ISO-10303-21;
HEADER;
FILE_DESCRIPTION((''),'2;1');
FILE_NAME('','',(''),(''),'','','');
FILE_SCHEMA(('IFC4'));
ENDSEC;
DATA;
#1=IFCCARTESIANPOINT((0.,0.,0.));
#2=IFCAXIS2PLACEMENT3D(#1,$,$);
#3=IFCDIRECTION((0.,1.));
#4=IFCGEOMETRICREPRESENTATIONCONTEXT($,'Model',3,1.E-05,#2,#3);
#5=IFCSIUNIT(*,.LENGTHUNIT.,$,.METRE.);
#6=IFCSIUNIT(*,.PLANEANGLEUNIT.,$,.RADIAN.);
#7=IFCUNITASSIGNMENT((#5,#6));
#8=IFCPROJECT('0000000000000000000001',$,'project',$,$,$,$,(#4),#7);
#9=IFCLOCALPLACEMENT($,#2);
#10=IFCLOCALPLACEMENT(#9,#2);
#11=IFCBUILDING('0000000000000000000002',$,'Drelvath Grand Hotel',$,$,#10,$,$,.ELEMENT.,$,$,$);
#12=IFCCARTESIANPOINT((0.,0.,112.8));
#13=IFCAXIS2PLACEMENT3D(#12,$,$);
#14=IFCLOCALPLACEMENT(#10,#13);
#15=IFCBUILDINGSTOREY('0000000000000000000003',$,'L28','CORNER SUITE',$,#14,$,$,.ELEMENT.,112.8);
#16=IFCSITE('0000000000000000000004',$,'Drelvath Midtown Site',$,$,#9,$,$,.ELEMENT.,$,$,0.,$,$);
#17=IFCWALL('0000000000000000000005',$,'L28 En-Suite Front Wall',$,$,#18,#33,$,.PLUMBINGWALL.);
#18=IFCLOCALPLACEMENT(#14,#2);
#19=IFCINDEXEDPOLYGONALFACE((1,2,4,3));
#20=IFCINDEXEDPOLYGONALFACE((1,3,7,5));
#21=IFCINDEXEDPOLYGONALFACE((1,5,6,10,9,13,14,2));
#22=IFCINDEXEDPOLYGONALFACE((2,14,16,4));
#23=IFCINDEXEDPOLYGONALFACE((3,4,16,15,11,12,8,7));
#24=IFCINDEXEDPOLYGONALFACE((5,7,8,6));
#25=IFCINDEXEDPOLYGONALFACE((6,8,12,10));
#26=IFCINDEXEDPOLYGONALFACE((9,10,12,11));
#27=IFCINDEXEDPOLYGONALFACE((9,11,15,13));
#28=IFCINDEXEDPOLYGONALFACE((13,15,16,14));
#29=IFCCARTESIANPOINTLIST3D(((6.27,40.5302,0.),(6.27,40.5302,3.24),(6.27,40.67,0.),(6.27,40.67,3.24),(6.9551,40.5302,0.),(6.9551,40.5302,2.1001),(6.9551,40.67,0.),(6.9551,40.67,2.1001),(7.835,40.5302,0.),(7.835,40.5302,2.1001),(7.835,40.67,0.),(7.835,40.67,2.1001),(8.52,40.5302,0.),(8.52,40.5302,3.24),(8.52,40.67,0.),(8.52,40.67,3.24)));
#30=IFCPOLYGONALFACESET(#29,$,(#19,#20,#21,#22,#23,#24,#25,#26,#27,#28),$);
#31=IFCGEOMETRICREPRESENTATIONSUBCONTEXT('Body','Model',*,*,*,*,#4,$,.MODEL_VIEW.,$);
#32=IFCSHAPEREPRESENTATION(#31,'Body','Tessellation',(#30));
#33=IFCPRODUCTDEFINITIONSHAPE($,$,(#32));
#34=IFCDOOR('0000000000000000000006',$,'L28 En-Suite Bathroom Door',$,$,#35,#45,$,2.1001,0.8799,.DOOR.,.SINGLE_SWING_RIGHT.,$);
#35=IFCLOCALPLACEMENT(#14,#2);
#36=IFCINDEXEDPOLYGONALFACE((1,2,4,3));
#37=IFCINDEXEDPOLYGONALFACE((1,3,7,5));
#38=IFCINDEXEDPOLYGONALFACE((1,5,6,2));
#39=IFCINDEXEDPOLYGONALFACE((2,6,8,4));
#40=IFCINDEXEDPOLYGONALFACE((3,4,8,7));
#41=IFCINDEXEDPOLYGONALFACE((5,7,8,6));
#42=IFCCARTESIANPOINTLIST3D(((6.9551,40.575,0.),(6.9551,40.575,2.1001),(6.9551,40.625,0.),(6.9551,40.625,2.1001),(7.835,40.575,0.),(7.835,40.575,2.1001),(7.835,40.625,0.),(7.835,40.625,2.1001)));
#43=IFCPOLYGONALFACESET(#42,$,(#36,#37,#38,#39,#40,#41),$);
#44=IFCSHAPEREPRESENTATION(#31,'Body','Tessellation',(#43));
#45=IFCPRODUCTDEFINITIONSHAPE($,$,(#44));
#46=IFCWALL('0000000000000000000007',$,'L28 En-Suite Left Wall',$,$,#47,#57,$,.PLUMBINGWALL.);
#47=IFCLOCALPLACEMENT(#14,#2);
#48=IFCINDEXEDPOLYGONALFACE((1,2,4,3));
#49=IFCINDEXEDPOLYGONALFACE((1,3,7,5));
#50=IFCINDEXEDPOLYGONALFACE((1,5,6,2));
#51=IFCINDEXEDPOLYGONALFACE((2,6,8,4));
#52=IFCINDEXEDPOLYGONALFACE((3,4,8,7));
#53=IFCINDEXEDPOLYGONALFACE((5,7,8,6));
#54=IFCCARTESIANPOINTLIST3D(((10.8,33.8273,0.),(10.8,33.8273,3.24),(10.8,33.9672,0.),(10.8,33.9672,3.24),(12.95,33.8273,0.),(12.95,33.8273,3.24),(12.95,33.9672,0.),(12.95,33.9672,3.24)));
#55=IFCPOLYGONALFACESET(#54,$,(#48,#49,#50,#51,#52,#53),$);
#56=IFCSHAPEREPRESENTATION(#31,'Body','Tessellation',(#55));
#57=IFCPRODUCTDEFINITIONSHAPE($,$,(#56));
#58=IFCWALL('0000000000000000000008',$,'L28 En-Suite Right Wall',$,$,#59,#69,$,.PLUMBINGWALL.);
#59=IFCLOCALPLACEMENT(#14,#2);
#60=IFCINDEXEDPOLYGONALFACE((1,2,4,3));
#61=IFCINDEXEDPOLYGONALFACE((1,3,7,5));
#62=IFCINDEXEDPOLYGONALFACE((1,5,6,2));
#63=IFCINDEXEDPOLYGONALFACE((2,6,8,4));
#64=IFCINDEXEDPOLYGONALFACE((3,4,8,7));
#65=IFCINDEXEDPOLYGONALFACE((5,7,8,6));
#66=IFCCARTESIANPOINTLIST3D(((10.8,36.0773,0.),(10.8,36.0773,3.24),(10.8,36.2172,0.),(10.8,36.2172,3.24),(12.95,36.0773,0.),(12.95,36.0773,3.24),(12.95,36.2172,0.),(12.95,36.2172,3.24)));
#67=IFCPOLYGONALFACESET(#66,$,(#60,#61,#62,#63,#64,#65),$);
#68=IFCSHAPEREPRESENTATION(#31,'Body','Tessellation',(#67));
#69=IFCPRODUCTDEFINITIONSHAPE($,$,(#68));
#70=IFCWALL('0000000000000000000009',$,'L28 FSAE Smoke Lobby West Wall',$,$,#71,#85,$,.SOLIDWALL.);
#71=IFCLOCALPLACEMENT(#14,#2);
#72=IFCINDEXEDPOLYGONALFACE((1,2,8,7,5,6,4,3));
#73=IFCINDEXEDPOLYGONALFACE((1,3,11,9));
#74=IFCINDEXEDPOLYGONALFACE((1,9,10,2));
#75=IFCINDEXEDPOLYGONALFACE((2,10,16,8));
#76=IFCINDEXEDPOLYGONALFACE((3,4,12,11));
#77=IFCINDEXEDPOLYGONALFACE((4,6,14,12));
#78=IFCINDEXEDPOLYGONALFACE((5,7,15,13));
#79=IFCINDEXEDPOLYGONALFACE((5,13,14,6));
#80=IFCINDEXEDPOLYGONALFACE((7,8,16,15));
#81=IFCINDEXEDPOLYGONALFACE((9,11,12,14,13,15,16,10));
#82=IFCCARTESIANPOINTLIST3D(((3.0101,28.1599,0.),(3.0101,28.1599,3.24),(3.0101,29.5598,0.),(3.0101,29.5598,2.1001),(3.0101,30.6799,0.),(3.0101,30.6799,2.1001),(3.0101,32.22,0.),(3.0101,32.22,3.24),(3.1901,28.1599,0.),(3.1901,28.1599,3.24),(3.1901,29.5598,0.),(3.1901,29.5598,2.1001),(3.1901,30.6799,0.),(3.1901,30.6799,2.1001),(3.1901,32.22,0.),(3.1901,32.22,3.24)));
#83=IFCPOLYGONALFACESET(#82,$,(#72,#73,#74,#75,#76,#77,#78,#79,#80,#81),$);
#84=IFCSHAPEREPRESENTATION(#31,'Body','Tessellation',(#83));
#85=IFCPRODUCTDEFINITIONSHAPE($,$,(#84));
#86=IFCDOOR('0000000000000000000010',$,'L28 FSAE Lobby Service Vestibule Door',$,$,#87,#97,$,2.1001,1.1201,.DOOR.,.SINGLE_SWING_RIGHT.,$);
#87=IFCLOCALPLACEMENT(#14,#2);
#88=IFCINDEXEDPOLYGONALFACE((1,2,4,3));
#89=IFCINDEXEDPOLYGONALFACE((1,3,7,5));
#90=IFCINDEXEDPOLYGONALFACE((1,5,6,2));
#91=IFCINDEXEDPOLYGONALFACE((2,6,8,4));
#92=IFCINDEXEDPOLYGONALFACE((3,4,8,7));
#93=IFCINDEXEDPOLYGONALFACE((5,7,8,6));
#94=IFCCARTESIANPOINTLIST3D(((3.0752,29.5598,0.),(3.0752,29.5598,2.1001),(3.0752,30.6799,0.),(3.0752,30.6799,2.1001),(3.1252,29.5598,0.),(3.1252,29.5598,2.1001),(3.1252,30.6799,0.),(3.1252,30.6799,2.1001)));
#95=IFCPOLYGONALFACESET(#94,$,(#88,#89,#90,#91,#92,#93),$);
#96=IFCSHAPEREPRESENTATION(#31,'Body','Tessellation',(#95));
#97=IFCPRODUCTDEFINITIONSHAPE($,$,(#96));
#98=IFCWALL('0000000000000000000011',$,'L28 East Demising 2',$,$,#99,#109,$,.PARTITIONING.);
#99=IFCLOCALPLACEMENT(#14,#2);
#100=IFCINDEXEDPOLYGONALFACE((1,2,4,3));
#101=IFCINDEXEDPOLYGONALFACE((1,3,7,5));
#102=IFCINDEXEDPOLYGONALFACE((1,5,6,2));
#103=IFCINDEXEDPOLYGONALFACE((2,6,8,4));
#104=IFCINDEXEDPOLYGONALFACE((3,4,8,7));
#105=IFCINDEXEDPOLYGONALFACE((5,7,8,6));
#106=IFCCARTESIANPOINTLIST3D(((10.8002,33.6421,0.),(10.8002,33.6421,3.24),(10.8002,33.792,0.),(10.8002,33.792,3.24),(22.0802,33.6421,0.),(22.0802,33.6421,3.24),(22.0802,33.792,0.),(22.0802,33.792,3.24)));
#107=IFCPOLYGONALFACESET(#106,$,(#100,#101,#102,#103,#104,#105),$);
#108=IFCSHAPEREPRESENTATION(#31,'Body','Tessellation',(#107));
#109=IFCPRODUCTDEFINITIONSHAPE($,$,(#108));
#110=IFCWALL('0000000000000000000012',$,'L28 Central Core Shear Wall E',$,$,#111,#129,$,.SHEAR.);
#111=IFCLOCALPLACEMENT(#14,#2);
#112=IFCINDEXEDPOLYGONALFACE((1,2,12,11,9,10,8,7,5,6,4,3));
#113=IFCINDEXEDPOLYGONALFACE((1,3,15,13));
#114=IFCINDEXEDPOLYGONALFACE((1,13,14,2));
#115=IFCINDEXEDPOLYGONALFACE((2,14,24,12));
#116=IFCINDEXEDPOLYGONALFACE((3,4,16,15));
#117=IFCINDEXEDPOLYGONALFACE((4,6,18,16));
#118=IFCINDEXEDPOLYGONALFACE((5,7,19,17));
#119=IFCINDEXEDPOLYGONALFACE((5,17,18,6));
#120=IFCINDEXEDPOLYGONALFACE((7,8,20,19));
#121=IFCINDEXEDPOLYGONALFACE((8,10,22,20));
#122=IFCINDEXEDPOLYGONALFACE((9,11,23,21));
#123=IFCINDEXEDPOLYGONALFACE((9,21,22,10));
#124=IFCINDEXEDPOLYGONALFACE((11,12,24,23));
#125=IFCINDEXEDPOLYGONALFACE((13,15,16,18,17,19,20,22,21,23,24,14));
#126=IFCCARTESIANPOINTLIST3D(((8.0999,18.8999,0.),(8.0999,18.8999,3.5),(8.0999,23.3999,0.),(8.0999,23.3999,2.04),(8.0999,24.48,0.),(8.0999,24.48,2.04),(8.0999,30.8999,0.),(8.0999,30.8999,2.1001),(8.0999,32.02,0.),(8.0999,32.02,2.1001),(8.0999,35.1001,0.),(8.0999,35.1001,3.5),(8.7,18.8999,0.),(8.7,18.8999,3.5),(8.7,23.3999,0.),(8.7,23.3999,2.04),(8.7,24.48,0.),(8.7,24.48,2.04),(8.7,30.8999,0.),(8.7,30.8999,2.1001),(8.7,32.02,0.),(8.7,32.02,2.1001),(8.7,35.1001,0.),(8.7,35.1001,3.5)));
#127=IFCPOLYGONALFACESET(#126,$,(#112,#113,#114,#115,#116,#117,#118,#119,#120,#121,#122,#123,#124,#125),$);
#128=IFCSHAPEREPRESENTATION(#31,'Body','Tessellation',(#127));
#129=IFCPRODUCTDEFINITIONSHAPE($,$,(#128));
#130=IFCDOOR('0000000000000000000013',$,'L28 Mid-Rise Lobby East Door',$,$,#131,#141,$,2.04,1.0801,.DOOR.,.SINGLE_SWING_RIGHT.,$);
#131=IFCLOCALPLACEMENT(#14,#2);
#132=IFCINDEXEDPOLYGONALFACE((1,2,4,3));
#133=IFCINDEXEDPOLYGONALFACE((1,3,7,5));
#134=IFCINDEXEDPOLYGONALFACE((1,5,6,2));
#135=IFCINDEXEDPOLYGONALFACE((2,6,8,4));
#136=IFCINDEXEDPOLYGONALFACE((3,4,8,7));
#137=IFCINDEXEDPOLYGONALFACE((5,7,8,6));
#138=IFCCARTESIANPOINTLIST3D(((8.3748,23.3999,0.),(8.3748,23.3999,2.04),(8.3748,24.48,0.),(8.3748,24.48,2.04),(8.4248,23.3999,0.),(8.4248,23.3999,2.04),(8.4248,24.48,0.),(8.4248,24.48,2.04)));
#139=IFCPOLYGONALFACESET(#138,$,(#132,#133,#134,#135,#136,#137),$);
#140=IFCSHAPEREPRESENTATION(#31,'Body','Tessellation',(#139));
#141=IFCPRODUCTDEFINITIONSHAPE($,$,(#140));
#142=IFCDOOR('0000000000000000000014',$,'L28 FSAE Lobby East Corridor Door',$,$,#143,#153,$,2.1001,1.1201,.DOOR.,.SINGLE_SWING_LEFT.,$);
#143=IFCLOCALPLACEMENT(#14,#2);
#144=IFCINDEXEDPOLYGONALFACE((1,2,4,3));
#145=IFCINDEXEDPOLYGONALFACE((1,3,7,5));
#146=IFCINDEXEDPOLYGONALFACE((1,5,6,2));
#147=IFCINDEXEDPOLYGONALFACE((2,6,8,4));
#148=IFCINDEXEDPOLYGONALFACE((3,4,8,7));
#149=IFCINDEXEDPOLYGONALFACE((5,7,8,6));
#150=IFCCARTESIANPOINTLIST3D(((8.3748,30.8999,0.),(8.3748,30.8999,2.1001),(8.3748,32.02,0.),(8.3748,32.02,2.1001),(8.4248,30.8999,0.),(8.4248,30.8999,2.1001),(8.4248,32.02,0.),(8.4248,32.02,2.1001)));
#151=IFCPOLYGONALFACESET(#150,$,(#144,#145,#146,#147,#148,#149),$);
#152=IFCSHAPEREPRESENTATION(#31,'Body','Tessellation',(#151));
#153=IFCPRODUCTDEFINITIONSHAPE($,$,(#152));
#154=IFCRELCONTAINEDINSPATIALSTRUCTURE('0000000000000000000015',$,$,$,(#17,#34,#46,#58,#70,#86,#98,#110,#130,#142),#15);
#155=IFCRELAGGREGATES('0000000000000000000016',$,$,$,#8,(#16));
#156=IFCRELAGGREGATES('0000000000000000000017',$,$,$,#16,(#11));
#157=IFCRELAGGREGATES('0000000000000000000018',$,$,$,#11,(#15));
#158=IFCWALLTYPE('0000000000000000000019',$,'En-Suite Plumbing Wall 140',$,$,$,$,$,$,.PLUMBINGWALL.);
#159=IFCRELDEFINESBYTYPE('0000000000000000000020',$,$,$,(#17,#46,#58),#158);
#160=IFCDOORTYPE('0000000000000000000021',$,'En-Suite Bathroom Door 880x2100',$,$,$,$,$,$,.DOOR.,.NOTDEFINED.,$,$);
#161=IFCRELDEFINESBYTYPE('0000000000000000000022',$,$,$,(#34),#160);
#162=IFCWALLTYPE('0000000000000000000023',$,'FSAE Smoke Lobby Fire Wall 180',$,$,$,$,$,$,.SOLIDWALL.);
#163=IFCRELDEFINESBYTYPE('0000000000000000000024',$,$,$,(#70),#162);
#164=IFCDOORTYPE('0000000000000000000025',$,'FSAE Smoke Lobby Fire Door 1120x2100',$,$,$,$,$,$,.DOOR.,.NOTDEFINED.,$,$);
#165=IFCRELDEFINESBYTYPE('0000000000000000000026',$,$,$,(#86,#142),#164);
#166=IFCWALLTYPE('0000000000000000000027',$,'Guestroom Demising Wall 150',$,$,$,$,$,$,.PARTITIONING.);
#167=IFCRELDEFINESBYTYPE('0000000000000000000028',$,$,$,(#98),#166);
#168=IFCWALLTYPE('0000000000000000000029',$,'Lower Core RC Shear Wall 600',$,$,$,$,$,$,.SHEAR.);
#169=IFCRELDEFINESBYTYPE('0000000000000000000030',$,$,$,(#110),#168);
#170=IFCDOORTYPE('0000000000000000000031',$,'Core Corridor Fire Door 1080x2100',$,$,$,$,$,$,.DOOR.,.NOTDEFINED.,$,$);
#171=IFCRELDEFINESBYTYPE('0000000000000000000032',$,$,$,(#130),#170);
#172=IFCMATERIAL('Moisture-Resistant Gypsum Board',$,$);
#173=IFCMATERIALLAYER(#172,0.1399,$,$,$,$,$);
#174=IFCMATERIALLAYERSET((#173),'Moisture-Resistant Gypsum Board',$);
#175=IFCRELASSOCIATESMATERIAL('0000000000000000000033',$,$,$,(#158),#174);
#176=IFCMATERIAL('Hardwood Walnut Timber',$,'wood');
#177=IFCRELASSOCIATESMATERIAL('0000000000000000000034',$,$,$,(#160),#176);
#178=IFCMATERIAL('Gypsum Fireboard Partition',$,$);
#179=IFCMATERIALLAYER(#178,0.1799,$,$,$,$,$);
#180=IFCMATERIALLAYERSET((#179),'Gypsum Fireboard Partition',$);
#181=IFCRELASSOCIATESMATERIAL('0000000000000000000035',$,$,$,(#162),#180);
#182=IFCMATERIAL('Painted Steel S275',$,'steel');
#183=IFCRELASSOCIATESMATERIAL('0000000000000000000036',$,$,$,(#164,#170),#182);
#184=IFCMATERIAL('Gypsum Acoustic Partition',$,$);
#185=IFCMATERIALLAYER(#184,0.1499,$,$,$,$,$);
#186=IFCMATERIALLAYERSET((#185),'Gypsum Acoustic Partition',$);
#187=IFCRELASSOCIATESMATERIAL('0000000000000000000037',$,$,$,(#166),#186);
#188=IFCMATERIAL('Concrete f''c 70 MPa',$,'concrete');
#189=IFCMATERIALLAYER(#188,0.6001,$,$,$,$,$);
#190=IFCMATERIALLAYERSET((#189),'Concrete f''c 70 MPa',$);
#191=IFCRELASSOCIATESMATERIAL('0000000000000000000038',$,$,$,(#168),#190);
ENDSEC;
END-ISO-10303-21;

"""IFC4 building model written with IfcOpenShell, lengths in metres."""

from ifc_helpers import new_model, si_unit, direction, frame, frame_2d, origin, place, context, subcontext, project, spatial, rectangle, extrude, material, layer, layer_set, type_object, element, fill, save


model = new_model("IFC4")

# Units and contexts
model_context = context("Model", 3, precision=1e-05, world=origin(), true_north=direction((0.0, 1.0)))
body_context = subcontext(model_context, "Body", "Model", "MODEL_VIEW")
ifc_project = project(units=[si_unit("LENGTHUNIT", "METRE"), si_unit("PLANEANGLEUNIT", "RADIAN")], contexts=[model_context])

# Site, building, storey
site_placement = place(None, origin())
site = spatial("IfcSite", under=ifc_project, at=site_placement, Name="Drelvath Midtown Site", CompositionType="ELEMENT", RefElevation=0.0)
building_placement = place(site_placement, origin())
building = spatial("IfcBuilding", under=site, at=building_placement, Name="Drelvath Grand Hotel", CompositionType="ELEMENT")
storey_placement = place(building_placement, frame((0.0, 0.0, 112.8)))
storey = spatial("IfcBuildingStorey", under=building, at=storey_placement, Name="L28", Description="CORNER SUITE", CompositionType="ELEMENT", Elevation=112.8)

# Shared definitions
ifc_material_1 = material(Name="Concrete f'c 70 MPa", Category="concrete")

# Shared definitions
ifc_material_2 = material(Name="Painted Steel S275", Category="steel")

# Shared definitions
ifc_material_3 = material(Name="Gypsum Fireboard Partition")
ifc_material_4 = material(Name="Moisture-Resistant Gypsum Board")
ifc_layer_1 = layer(ifc_material_4, 0.1399)
ifc_layer_set_1 = layer_set([ifc_layer_1], Name="Moisture-Resistant Gypsum Board")
wall_type_1 = type_object("IfcWallType", Name="En-Suite Plumbing Wall 140", PredefinedType="PLUMBINGWALL", material=ifc_layer_set_1)

# Wall, opening, door
wall_1_placement = place(storey_placement, frame((6.27, 40.6001, 0.0), z_axis=(0.0, 0.0, 1.0), x_axis=(1.0, 0.0, 0.0)))
wall_1 = element("IfcWall", 1, at=wall_1_placement, inside=storey, type_object=wall_type_1, Name="L28 En-Suite Front Wall", PredefinedType="PLUMBINGWALL", context=body_context, shape_type="SweptSolid", body=[
    extrude(rectangle(XDim=2.25, YDim=0.1399, at=frame_2d((1.125, 0.0))), origin(), (0.0, 0.0, 1.0), 3.24),
])
opening_1_placement = place(wall_1_placement, frame((0.6851, 0.0, 0.0)))
opening_1 = element("IfcOpeningElement", 2, at=opening_1_placement, cuts=wall_1, PredefinedType="OPENING", context=body_context, shape_type="SweptSolid", body=[
    extrude(rectangle(XDim=0.8799, YDim=2.1001, at=frame_2d((0.4399, 1.05))), frame((0.0, 0.0798, 0.0), z_axis=(0.0, -1.0, 0.0), x_axis=(1.0, 0.0, 0.0)), (0.0, 0.0, 1.0), 0.1599),
])
ifc_material_5 = material(Name="Hardwood Walnut Timber", Category="wood")
door_type_1 = type_object("IfcDoorType", Name="En-Suite Bathroom Door 880x2100", OperationType="NOTDEFINED", PredefinedType="DOOR", material=ifc_material_5)
door_1_placement = place(opening_1_placement, origin())
door_1 = element("IfcDoor", 3, at=door_1_placement, inside=storey, type_object=door_type_1, Name="L28 En-Suite Bathroom Door", OperationType="SINGLE_SWING_RIGHT", OverallHeight=2.1001, OverallWidth=0.8799, PredefinedType="DOOR", context=body_context, shape_type="SweptSolid", body=[
    extrude(rectangle(XDim=0.8799, YDim=2.1001, at=frame_2d((0.4399, 1.05))), frame((0.0, 0.0249, 0.0), z_axis=(0.0, -1.0, 0.0), x_axis=(1.0, 0.0, 0.0)), (0.0, 0.0, 1.0), 0.05),
])
fill(opening_1, door_1)

# Walls
for number, where, z_axis, x_axis, name in (
    (4, (10.8, 33.8972, 0.0), (0.0, 0.0, 1.0), (1.0, 0.0, 0.0), "L28 En-Suite Left Wall"),
    (5, (10.8, 36.1472, 0.0), (0.0, 0.0, 1.0), (1.0, 0.0, 0.0), "L28 En-Suite Right Wall"),
):
    element("IfcWall", number, at=place(storey_placement, frame(where, z_axis=z_axis, x_axis=x_axis)), inside=storey, type_object=wall_type_1, Name=name, PredefinedType="PLUMBINGWALL", context=body_context, shape_type="SweptSolid", body=[
        extrude(rectangle(XDim=2.1499, YDim=0.1399, at=frame_2d((1.075, 0.0))), origin(), (0.0, 0.0, 1.0), 3.24),
    ])

# Wall, opening, door
ifc_layer_2 = layer(ifc_material_3, 0.1799)
ifc_layer_set_2 = layer_set([ifc_layer_2], Name="Gypsum Fireboard Partition")
wall_type_2 = type_object("IfcWallType", Name="FSAE Smoke Lobby Fire Wall 180", PredefinedType="SOLIDWALL", material=ifc_layer_set_2)
wall_2_placement = place(storey_placement, frame((3.1001, 28.1599, 0.0), z_axis=(0.0, 0.0, 1.0), x_axis=(0.0, 1.0, 0.0)))
wall_2 = element("IfcWall", 6, at=wall_2_placement, inside=storey, type_object=wall_type_2, Name="L28 FSAE Smoke Lobby West Wall", PredefinedType="SOLIDWALL", context=body_context, shape_type="SweptSolid", body=[
    extrude(rectangle(XDim=4.0601, YDim=0.1799, at=frame_2d((2.03, 0.0))), origin(), (0.0, 0.0, 1.0), 3.24),
])
opening_2_placement = place(wall_2_placement, frame((1.3999, 0.0, 0.0)))
opening_2 = element("IfcOpeningElement", 7, at=opening_2_placement, cuts=wall_2, PredefinedType="OPENING", context=body_context, shape_type="SweptSolid", body=[
    extrude(rectangle(XDim=1.1201, YDim=2.1001, at=frame_2d((0.5601, 1.05))), frame((0.0, 0.0999, 0.0), z_axis=(0.0, -1.0, 0.0), x_axis=(1.0, 0.0, 0.0)), (0.0, 0.0, 1.0), 0.2),
])
door_type_2 = type_object("IfcDoorType", Name="FSAE Smoke Lobby Fire Door 1120x2100", OperationType="NOTDEFINED", PredefinedType="DOOR", material=ifc_material_2)
door_2_placement = place(opening_2_placement, origin())
door_2 = element("IfcDoor", 8, at=door_2_placement, inside=storey, type_object=door_type_2, Name="L28 FSAE Lobby Service Vestibule Door", OperationType="SINGLE_SWING_RIGHT", OverallHeight=2.1001, OverallWidth=1.1201, PredefinedType="DOOR", context=body_context, shape_type="SweptSolid", body=[
    extrude(rectangle(XDim=1.1201, YDim=2.1001, at=frame_2d((0.5601, 1.05))), frame((0.0, 0.0249, 0.0), z_axis=(0.0, -1.0, 0.0), x_axis=(1.0, 0.0, 0.0)), (0.0, 0.0, 1.0), 0.05),
])
fill(opening_2, door_2)

# Wall
ifc_material_6 = material(Name="Gypsum Acoustic Partition")
ifc_layer_3 = layer(ifc_material_6, 0.1499)
ifc_layer_set_3 = layer_set([ifc_layer_3], Name="Gypsum Acoustic Partition")
wall_type_3 = type_object("IfcWallType", Name="Guestroom Demising Wall 150", PredefinedType="PARTITIONING", material=ifc_layer_set_3)
wall_3_placement = place(storey_placement, frame((10.8, 33.717, 0.0), z_axis=(0.0, 0.0, 1.0), x_axis=(1.0, 0.0, 0.0)))
element("IfcWall", 9, at=wall_3_placement, inside=storey, type_object=wall_type_3, Name="L28 East Demising 2", PredefinedType="PARTITIONING", context=body_context, shape_type="SweptSolid", body=[
    extrude(rectangle(XDim=11.28, YDim=0.1499, at=frame_2d((5.6401, 0.0))), origin(), (0.0, 0.0, 1.0), 3.24),
])

# Wall, openings, doors
ifc_layer_4 = layer(ifc_material_1, 0.6001)
ifc_layer_set_4 = layer_set([ifc_layer_4], Name="Concrete f'c 70 MPa")
wall_type_4 = type_object("IfcWallType", Name="Lower Core RC Shear Wall 600", PredefinedType="SHEAR", material=ifc_layer_set_4)
wall_4_placement = place(storey_placement, frame((8.3999, 35.1001, 0.0), z_axis=(0.0, 0.0, 1.0), x_axis=(0.0, -1.0, 0.0)))
wall_4 = element("IfcWall", 10, at=wall_4_placement, inside=storey, type_object=wall_type_4, Name="L28 Central Core Shear Wall E", PredefinedType="SHEAR", context=body_context, shape_type="SweptSolid", body=[
    extrude(rectangle(XDim=16.2002, YDim=0.6001, at=frame_2d((8.1001, 0.0))), origin(), (0.0, 0.0, 1.0), 3.5),
])
opening_3_placement = place(wall_4_placement, frame((3.0801, 0.0, 0.0)))
opening_3 = element("IfcOpeningElement", 11, at=opening_3_placement, cuts=wall_4, PredefinedType="OPENING", context=body_context, shape_type="SweptSolid", body=[
    extrude(rectangle(XDim=1.1201, YDim=2.1001, at=frame_2d((0.5601, 1.05))), frame((0.0, 0.3101, 0.0), z_axis=(0.0, -1.0, 0.0), x_axis=(1.0, 0.0, 0.0)), (0.0, 0.0, 1.0), 0.6201),
])
opening_4_placement = place(wall_4_placement, frame((10.6201, 0.0, 0.0)))
opening_4 = element("IfcOpeningElement", 12, at=opening_4_placement, cuts=wall_4, PredefinedType="OPENING", context=body_context, shape_type="SweptSolid", body=[
    extrude(rectangle(XDim=1.0801, YDim=2.04, at=frame_2d((0.54, 1.02))), frame((0.0, 0.3101, 0.0), z_axis=(0.0, -1.0, 0.0), x_axis=(1.0, 0.0, 0.0)), (0.0, 0.0, 1.0), 0.6201),
])
door_type_3 = type_object("IfcDoorType", Name="Core Corridor Fire Door 1080x2100", OperationType="NOTDEFINED", PredefinedType="DOOR", material=ifc_material_2)
door_3_placement = place(opening_4_placement, origin())
door_3 = element("IfcDoor", 13, at=door_3_placement, inside=storey, type_object=door_type_3, Name="L28 Mid-Rise Lobby East Door", OperationType="SINGLE_SWING_RIGHT", OverallHeight=2.04, OverallWidth=1.0801, PredefinedType="DOOR", context=body_context, shape_type="SweptSolid", body=[
    extrude(rectangle(XDim=1.0801, YDim=2.04, at=frame_2d((0.54, 1.02))), frame((0.0, 0.0249, 0.0), z_axis=(0.0, -1.0, 0.0), x_axis=(1.0, 0.0, 0.0)), (0.0, 0.0, 1.0), 0.05),
])
fill(opening_4, door_3)
door_4_placement = place(opening_3_placement, origin())
door_4 = element("IfcDoor", 14, at=door_4_placement, inside=storey, type_object=door_type_2, Name="L28 FSAE Lobby East Corridor Door", OperationType="SINGLE_SWING_LEFT", OverallHeight=2.1001, OverallWidth=1.1201, PredefinedType="DOOR", context=body_context, shape_type="SweptSolid", body=[
    extrude(rectangle(XDim=1.1201, YDim=2.1001, at=frame_2d((0.5601, 1.05))), frame((0.0, 0.0249, 0.0), z_axis=(0.0, -1.0, 0.0), x_axis=(1.0, 0.0, 0.0)), (0.0, 0.0, 1.0), 0.05),
])
fill(opening_3, door_4)

save(model, "model.ifc")
